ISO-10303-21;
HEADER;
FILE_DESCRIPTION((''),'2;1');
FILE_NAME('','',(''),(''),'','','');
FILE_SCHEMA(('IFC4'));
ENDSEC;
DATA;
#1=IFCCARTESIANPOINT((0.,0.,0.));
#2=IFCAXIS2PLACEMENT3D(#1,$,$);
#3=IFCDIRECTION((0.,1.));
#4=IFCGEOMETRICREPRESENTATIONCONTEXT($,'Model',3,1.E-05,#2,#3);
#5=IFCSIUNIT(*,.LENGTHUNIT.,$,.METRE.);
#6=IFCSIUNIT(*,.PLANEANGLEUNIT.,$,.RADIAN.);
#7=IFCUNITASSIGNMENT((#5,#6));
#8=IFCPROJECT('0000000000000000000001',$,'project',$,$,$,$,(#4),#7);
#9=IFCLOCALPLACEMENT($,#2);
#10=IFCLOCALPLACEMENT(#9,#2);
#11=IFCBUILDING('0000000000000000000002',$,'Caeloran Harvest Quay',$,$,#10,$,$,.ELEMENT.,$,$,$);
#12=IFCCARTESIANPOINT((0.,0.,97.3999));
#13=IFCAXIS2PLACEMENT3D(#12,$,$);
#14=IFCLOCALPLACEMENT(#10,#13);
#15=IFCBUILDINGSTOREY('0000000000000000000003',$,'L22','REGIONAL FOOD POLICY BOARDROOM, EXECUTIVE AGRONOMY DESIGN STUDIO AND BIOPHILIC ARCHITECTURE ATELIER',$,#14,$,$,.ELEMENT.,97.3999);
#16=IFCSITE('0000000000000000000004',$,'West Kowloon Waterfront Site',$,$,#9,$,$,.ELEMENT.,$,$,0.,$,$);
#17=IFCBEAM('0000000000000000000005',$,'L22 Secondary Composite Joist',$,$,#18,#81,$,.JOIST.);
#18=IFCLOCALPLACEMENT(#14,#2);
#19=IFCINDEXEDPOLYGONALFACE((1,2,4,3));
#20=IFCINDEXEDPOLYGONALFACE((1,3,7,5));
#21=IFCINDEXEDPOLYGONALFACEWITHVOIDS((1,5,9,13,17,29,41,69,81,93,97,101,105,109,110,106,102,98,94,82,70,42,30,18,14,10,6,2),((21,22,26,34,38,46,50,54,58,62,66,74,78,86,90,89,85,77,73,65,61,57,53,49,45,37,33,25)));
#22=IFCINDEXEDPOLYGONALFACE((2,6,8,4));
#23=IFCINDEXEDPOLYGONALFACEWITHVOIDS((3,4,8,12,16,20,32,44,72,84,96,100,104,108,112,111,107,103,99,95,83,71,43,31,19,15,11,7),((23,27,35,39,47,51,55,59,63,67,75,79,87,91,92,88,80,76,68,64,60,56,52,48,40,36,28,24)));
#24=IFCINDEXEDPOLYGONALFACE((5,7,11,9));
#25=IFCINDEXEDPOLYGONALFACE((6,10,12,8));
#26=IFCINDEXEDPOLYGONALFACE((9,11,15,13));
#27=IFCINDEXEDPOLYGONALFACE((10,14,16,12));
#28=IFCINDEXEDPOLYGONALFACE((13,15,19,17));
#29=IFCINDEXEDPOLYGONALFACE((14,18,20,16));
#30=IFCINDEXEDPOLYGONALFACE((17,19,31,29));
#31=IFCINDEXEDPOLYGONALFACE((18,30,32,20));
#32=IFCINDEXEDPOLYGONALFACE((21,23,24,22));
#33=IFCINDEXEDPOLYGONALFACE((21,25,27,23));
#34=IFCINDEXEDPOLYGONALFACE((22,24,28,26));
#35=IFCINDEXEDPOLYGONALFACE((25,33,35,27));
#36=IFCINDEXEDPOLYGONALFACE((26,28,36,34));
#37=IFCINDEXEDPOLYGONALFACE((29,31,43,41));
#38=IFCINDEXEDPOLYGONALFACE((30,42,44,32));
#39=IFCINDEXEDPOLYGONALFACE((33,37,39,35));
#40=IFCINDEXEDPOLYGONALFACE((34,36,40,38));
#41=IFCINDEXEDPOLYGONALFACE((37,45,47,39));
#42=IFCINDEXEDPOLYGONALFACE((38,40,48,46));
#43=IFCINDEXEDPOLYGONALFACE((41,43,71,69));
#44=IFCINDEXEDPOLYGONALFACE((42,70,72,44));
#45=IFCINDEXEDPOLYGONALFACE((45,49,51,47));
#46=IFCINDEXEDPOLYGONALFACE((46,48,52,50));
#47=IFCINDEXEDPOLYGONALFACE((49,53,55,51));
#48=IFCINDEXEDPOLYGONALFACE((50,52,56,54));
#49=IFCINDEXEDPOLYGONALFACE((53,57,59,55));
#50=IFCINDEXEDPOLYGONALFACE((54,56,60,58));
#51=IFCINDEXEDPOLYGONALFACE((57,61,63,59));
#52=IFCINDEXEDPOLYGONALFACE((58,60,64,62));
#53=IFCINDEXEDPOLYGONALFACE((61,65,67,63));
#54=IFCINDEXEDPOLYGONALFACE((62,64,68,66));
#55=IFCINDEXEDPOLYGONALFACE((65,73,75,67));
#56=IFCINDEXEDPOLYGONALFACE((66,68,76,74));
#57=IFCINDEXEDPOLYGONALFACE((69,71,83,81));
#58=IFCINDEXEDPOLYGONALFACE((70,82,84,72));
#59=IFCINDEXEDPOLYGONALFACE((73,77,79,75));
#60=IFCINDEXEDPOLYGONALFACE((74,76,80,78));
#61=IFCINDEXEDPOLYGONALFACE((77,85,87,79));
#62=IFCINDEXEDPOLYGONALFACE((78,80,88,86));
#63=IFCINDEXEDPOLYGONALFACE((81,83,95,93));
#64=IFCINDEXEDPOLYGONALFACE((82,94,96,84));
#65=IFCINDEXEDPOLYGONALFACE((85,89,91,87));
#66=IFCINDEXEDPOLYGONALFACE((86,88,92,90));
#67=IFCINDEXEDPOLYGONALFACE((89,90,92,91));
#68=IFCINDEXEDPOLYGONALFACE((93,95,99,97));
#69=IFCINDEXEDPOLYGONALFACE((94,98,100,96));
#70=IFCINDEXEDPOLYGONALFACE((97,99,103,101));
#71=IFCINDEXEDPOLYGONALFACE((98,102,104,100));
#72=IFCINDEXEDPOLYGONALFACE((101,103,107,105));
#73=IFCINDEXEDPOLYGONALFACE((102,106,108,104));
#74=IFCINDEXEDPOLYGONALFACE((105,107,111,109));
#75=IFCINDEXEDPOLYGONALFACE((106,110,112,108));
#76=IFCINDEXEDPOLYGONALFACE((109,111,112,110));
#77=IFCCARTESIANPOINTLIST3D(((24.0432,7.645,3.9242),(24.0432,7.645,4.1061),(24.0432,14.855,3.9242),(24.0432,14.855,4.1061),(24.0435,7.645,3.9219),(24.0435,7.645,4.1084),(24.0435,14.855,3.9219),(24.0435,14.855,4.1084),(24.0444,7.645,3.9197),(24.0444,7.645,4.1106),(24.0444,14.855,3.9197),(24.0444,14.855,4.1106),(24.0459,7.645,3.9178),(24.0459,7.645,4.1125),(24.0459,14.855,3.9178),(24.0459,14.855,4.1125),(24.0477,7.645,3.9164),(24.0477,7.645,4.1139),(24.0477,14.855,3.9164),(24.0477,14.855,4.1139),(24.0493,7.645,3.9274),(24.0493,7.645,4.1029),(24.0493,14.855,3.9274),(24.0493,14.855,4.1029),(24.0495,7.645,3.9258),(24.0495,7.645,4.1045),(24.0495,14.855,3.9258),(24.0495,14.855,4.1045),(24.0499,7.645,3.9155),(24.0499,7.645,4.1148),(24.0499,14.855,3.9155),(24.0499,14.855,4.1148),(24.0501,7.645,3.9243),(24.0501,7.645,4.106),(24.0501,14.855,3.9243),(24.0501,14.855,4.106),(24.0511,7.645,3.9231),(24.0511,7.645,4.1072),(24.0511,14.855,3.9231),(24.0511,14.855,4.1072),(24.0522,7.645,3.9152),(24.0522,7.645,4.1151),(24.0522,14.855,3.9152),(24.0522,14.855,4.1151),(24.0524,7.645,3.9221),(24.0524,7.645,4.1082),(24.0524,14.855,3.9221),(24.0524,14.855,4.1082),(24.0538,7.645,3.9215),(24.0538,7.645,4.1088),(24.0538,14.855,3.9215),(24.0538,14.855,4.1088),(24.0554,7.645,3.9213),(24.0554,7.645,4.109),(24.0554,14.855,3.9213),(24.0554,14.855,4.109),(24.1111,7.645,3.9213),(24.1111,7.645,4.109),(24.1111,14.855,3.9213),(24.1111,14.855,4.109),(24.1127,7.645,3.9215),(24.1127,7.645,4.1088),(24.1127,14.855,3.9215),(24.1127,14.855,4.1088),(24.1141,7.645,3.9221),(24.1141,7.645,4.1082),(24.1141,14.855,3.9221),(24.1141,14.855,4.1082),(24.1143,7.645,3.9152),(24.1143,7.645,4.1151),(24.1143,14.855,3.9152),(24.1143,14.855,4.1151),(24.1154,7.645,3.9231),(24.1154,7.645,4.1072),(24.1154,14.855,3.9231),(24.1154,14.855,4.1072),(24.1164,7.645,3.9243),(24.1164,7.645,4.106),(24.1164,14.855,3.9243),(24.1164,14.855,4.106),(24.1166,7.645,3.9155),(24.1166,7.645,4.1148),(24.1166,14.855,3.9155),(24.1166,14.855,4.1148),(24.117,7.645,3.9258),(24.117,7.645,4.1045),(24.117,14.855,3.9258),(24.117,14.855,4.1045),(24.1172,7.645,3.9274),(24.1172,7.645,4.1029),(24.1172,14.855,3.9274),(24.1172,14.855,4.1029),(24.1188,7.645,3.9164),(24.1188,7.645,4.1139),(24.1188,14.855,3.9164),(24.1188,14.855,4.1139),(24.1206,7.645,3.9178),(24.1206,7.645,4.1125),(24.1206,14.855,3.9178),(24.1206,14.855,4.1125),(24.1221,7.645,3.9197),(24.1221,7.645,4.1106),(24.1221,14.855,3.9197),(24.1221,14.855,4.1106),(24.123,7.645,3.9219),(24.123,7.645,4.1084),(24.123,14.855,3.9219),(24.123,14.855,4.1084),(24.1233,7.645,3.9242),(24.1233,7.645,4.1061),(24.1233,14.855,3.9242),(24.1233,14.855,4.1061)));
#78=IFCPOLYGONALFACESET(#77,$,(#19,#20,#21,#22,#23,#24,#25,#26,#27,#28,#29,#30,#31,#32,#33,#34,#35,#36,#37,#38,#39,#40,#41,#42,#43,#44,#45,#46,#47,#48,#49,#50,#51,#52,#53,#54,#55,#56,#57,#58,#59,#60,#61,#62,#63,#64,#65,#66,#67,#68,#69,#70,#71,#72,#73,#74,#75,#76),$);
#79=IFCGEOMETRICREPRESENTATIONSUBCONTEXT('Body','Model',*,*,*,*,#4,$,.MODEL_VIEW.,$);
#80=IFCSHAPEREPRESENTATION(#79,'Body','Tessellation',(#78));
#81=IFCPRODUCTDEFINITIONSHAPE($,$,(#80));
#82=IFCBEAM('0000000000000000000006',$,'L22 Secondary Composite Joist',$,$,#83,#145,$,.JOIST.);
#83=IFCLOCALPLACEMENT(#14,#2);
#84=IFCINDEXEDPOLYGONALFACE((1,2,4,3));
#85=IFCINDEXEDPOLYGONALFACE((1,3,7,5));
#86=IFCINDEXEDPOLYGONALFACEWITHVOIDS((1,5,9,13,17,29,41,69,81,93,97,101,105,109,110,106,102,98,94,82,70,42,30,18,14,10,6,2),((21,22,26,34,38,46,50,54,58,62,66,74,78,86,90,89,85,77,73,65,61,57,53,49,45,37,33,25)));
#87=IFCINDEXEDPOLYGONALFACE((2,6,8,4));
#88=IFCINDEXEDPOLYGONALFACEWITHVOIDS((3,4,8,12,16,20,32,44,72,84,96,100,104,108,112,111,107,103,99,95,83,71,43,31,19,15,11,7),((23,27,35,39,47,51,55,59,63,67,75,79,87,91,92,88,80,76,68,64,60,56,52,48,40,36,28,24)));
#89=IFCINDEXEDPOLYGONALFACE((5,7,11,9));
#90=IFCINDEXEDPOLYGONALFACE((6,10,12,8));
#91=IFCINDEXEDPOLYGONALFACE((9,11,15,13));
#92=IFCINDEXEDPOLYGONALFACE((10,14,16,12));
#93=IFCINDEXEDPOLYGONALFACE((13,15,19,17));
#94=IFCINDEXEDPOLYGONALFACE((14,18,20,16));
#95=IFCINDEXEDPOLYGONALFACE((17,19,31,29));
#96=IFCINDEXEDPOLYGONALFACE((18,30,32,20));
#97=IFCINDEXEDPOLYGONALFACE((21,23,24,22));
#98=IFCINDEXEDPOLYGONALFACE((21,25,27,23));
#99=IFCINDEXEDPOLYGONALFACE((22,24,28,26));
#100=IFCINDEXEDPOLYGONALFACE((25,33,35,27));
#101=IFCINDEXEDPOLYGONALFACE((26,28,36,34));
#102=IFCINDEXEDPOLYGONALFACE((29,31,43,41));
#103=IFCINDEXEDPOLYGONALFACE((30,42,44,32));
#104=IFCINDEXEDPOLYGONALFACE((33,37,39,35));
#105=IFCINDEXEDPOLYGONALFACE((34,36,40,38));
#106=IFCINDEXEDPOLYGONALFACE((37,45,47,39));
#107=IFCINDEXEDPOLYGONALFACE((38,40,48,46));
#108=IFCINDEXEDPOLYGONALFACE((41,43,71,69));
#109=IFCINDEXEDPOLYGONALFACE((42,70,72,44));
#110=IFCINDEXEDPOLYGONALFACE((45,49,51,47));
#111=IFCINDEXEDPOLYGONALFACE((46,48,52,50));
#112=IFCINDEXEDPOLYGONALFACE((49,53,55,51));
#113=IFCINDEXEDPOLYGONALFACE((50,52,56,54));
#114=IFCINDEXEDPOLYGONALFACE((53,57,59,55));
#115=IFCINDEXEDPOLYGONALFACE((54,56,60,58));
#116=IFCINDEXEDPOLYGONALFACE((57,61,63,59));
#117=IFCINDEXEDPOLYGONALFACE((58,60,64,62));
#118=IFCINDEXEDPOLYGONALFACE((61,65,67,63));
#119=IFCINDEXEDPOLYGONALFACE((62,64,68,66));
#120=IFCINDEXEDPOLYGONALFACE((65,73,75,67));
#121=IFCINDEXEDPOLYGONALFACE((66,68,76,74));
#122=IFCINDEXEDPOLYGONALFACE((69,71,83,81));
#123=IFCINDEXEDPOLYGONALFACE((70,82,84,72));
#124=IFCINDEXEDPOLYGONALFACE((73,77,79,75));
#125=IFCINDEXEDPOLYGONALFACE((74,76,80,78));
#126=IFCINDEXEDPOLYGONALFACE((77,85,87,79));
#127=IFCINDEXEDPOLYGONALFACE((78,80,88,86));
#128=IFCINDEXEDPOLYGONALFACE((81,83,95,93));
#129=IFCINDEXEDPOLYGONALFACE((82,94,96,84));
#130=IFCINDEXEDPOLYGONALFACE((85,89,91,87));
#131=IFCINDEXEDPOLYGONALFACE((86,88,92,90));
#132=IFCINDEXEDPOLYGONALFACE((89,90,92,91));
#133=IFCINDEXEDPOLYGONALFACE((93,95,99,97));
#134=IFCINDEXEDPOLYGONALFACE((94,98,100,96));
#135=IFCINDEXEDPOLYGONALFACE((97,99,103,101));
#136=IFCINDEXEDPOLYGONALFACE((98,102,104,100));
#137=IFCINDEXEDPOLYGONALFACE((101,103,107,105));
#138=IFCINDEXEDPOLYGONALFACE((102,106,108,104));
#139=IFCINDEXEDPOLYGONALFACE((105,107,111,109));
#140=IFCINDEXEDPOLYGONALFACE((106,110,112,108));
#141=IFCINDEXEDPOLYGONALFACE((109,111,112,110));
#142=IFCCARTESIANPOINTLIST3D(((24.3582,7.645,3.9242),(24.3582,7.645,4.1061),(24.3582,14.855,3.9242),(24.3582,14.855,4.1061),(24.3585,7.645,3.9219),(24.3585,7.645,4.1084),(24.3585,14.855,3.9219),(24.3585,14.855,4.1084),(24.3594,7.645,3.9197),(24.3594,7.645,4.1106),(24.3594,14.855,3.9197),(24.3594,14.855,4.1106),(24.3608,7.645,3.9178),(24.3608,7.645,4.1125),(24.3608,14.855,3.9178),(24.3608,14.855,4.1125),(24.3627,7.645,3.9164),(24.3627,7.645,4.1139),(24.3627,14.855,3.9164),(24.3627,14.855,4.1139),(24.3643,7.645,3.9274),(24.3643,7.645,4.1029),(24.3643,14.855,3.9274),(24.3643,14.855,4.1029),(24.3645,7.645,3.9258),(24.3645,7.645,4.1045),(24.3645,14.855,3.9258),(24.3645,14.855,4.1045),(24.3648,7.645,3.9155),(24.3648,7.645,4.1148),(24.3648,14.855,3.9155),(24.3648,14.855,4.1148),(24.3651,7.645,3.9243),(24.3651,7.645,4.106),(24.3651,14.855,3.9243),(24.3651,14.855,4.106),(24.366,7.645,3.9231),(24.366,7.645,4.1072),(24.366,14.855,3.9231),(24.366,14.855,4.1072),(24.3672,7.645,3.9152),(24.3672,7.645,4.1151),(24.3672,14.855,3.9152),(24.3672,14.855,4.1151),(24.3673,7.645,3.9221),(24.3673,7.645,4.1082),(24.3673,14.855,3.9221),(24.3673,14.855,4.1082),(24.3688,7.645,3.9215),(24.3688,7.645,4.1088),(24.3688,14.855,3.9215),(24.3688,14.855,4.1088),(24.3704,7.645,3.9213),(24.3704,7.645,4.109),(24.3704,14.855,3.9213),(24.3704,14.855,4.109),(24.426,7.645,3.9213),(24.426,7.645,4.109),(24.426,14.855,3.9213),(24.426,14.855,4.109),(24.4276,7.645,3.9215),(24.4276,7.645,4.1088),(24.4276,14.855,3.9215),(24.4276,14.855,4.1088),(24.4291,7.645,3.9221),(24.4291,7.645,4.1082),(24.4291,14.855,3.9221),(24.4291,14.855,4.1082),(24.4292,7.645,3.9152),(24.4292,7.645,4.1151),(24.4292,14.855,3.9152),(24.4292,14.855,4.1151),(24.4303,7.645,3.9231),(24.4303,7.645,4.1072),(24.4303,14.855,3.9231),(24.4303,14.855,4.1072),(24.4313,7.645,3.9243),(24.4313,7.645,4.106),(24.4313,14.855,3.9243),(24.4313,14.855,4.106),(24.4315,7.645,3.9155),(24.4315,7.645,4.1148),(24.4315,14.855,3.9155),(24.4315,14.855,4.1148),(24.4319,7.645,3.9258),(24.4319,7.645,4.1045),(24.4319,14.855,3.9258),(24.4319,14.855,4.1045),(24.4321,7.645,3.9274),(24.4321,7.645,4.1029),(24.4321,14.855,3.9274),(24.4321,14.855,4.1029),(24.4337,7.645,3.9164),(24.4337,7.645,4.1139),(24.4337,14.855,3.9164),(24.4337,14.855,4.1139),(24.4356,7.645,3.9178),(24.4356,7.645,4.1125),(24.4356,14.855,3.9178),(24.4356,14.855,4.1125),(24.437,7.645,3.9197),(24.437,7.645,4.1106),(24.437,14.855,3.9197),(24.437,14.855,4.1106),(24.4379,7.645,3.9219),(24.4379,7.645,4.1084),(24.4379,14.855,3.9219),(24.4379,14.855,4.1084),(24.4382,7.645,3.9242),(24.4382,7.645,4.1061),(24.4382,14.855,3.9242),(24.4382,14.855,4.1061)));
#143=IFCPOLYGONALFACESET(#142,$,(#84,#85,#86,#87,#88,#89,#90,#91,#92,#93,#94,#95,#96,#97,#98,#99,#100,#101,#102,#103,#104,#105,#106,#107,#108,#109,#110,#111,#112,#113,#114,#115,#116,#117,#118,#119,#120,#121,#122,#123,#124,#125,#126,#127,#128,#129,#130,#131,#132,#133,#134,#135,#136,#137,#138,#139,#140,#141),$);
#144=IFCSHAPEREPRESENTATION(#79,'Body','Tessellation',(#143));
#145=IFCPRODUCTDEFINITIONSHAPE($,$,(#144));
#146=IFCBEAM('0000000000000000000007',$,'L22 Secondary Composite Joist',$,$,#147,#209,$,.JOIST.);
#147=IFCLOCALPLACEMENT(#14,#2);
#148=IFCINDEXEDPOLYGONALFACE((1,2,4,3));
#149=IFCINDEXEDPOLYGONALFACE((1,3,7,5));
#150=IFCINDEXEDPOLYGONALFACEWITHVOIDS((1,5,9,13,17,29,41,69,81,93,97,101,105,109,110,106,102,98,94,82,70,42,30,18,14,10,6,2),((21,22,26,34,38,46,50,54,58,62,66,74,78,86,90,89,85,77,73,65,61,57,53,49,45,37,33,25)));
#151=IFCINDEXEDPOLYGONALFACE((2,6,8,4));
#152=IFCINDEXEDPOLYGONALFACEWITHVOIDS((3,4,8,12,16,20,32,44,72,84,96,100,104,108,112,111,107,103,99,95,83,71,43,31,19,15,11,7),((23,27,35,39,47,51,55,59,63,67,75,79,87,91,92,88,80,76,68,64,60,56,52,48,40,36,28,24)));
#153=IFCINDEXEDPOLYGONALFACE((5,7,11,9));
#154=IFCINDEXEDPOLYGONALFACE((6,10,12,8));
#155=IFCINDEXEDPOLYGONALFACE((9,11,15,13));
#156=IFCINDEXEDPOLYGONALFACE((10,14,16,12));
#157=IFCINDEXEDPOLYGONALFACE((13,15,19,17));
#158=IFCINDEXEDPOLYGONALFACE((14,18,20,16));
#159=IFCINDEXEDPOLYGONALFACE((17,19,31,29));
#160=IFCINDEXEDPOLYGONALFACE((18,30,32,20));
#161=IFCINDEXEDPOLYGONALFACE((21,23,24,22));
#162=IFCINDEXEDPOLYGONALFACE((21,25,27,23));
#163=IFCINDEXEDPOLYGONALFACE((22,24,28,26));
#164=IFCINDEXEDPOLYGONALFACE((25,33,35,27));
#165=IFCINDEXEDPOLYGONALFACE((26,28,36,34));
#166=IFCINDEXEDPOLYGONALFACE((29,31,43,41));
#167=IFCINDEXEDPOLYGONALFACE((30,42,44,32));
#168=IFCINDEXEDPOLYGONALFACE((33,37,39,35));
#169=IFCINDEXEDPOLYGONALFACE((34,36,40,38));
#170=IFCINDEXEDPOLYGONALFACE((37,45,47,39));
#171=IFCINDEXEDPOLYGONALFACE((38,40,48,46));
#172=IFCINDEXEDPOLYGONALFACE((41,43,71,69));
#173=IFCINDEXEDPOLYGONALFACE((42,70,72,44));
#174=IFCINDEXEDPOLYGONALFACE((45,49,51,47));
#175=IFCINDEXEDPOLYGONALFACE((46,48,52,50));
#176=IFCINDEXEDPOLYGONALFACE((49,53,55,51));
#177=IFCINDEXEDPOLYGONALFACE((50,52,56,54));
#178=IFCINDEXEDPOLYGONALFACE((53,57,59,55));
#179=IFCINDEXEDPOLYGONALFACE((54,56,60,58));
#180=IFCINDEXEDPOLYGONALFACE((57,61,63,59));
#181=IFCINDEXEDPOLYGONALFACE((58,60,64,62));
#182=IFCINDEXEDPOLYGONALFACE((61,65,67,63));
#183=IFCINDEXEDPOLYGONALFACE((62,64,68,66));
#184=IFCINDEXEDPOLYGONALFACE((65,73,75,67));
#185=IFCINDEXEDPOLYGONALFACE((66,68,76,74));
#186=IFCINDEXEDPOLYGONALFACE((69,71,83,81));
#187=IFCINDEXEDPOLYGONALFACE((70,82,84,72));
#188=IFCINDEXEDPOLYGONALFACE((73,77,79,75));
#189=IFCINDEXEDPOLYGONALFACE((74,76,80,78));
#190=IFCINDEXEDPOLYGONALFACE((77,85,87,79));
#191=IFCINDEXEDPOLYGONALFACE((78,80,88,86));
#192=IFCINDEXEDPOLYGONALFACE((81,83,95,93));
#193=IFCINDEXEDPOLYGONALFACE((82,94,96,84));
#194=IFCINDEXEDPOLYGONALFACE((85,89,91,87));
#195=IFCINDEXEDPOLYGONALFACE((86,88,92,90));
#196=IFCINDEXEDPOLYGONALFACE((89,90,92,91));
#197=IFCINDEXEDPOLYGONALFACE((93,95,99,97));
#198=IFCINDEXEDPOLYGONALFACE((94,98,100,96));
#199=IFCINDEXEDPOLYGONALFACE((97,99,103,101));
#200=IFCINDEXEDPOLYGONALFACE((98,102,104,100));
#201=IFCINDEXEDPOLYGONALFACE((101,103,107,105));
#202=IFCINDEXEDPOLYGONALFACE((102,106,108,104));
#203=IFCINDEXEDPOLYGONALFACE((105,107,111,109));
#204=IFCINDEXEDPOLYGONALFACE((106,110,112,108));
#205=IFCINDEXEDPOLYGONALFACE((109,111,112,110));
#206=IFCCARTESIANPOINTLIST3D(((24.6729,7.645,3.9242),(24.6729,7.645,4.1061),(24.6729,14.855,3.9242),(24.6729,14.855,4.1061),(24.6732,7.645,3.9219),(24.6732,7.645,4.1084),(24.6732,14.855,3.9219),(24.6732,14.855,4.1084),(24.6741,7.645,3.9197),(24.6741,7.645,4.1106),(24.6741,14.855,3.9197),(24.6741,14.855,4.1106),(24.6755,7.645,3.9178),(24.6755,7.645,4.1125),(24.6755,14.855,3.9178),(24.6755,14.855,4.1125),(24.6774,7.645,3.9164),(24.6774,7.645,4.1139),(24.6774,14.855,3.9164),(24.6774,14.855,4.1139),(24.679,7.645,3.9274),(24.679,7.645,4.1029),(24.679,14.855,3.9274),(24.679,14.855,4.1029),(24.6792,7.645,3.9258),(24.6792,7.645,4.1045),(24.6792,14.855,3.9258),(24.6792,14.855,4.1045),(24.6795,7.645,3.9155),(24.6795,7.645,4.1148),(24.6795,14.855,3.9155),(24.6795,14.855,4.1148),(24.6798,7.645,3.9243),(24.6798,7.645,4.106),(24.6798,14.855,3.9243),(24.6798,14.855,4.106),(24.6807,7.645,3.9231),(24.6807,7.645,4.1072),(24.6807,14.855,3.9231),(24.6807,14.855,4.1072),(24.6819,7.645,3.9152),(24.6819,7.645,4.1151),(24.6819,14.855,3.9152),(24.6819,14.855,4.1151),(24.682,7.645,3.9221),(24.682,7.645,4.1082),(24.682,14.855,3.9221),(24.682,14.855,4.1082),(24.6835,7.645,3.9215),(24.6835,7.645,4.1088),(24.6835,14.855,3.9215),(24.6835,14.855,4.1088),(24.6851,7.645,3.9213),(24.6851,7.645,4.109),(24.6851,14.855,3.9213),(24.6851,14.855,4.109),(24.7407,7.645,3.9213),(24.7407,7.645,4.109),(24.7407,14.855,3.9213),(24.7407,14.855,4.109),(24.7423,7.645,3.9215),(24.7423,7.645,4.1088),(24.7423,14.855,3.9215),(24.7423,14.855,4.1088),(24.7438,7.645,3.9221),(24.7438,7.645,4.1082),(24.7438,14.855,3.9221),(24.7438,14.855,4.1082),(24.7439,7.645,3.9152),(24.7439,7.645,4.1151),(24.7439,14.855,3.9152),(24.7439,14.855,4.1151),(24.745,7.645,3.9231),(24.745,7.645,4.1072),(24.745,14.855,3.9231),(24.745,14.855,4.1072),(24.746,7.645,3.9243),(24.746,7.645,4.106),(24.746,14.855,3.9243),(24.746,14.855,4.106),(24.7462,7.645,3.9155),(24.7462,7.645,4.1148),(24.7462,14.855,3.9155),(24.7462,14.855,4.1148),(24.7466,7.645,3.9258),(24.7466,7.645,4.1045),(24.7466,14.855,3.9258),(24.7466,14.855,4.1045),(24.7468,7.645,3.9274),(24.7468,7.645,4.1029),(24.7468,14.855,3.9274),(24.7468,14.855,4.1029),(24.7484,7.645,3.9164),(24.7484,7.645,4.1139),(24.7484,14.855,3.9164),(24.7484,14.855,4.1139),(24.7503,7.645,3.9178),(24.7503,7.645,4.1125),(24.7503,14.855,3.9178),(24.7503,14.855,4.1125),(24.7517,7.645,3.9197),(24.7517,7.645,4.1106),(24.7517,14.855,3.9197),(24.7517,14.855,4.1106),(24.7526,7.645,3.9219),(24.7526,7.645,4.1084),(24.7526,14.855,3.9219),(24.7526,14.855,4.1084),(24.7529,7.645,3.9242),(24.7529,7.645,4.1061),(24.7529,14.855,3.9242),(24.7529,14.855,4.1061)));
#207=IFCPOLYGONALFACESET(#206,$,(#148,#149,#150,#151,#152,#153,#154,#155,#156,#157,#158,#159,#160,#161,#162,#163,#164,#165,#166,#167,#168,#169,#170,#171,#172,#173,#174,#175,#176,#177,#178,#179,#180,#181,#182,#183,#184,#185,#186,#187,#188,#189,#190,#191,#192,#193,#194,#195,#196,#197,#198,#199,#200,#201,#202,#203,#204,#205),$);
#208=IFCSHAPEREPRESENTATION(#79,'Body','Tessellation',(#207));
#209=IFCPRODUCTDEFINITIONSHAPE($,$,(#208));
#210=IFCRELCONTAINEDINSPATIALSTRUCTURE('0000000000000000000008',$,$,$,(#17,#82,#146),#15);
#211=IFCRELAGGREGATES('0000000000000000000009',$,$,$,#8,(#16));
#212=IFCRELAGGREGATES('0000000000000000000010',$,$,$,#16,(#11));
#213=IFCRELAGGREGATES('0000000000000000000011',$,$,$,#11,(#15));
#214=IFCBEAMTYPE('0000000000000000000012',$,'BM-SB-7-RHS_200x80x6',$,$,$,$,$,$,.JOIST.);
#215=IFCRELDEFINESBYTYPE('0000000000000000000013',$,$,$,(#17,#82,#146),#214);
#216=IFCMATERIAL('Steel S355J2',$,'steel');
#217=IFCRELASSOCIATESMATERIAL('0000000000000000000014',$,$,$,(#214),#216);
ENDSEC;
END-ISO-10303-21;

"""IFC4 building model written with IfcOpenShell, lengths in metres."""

from ifc_helpers import new_model, si_unit, direction, frame, origin, origin_2d, place, context, subcontext, project, spatial, hollow_rectangle, extrude, material, material_profile, profile_set, type_object, element, save


model = new_model("IFC4")

# Units and contexts
model_context = context("Model", 3, precision=1e-05, world=origin(), true_north=direction((0.0, 1.0)))
body_context = subcontext(model_context, "Body", "Model", "MODEL_VIEW")
ifc_project = project(units=[si_unit("LENGTHUNIT", "METRE"), si_unit("PLANEANGLEUNIT", "RADIAN")], contexts=[model_context])

# Site, building, storey
site_placement = place(None, origin())
site = spatial("IfcSite", under=ifc_project, at=site_placement, Name="West Kowloon Waterfront Site", CompositionType="ELEMENT", RefElevation=0.0)
building_placement = place(site_placement, origin())
building = spatial("IfcBuilding", under=site, at=building_placement, Name="Caeloran Harvest Quay", CompositionType="ELEMENT")
storey_placement = place(building_placement, frame((0.0, 0.0, 97.3999)))
storey = spatial("IfcBuildingStorey", under=building, at=storey_placement, Name="L22", Description="REGIONAL FOOD POLICY BOARDROOM, EXECUTIVE AGRONOMY DESIGN STUDIO AND BIOPHILIC ARCHITECTURE ATELIER", CompositionType="ELEMENT", Elevation=97.3999)

# Beams
ifc_material_1 = material(Name="Steel S355J2", Category="steel")
ifc_material_profile_1 = material_profile(ifc_material_1, hollow_rectangle(XDim=0.0801, YDim=0.2, WallThickness=0.0061, InnerFilletRadius=0.0061, OuterFilletRadius=0.009, at=origin_2d()), Name="RHS 200x80x6")
ifc_profile_set_1 = profile_set([ifc_material_profile_1], Name="Steel S355J2")
beam_type_1 = type_object("IfcBeamType", Name="BM-SB-7-RHS_200x80x6", PredefinedType="JOIST", material=ifc_profile_set_1)
for number, where, z_axis, x_axis, name in (
    (1, (24.0833, 7.645, 4.0151), (0.0, 1.0, 0.0), (-1.0, 0.0, 0.0), "L22 Secondary Composite Joist"),
    (2, (24.3982, 7.645, 4.0151), (0.0, 1.0, 0.0), (-1.0, 0.0, 0.0), "L22 Secondary Composite Joist"),
    (3, (24.7129, 7.645, 4.0151), (0.0, 1.0, 0.0), (-1.0, 0.0, 0.0), "L22 Secondary Composite Joist"),
):
    element("IfcBeam", number, at=place(storey_placement, frame(where, z_axis=z_axis, x_axis=x_axis)), inside=storey, type_object=beam_type_1, Name=name, PredefinedType="JOIST", context=body_context, shape_type="SweptSolid", body=[
        extrude(hollow_rectangle(XDim=0.0801, YDim=0.2, WallThickness=0.0061, InnerFilletRadius=0.0061, OuterFilletRadius=0.009, at=origin_2d()), origin(), (0.0, 0.0, 1.0), 7.21),
    ])

save(model, "model.ifc")
